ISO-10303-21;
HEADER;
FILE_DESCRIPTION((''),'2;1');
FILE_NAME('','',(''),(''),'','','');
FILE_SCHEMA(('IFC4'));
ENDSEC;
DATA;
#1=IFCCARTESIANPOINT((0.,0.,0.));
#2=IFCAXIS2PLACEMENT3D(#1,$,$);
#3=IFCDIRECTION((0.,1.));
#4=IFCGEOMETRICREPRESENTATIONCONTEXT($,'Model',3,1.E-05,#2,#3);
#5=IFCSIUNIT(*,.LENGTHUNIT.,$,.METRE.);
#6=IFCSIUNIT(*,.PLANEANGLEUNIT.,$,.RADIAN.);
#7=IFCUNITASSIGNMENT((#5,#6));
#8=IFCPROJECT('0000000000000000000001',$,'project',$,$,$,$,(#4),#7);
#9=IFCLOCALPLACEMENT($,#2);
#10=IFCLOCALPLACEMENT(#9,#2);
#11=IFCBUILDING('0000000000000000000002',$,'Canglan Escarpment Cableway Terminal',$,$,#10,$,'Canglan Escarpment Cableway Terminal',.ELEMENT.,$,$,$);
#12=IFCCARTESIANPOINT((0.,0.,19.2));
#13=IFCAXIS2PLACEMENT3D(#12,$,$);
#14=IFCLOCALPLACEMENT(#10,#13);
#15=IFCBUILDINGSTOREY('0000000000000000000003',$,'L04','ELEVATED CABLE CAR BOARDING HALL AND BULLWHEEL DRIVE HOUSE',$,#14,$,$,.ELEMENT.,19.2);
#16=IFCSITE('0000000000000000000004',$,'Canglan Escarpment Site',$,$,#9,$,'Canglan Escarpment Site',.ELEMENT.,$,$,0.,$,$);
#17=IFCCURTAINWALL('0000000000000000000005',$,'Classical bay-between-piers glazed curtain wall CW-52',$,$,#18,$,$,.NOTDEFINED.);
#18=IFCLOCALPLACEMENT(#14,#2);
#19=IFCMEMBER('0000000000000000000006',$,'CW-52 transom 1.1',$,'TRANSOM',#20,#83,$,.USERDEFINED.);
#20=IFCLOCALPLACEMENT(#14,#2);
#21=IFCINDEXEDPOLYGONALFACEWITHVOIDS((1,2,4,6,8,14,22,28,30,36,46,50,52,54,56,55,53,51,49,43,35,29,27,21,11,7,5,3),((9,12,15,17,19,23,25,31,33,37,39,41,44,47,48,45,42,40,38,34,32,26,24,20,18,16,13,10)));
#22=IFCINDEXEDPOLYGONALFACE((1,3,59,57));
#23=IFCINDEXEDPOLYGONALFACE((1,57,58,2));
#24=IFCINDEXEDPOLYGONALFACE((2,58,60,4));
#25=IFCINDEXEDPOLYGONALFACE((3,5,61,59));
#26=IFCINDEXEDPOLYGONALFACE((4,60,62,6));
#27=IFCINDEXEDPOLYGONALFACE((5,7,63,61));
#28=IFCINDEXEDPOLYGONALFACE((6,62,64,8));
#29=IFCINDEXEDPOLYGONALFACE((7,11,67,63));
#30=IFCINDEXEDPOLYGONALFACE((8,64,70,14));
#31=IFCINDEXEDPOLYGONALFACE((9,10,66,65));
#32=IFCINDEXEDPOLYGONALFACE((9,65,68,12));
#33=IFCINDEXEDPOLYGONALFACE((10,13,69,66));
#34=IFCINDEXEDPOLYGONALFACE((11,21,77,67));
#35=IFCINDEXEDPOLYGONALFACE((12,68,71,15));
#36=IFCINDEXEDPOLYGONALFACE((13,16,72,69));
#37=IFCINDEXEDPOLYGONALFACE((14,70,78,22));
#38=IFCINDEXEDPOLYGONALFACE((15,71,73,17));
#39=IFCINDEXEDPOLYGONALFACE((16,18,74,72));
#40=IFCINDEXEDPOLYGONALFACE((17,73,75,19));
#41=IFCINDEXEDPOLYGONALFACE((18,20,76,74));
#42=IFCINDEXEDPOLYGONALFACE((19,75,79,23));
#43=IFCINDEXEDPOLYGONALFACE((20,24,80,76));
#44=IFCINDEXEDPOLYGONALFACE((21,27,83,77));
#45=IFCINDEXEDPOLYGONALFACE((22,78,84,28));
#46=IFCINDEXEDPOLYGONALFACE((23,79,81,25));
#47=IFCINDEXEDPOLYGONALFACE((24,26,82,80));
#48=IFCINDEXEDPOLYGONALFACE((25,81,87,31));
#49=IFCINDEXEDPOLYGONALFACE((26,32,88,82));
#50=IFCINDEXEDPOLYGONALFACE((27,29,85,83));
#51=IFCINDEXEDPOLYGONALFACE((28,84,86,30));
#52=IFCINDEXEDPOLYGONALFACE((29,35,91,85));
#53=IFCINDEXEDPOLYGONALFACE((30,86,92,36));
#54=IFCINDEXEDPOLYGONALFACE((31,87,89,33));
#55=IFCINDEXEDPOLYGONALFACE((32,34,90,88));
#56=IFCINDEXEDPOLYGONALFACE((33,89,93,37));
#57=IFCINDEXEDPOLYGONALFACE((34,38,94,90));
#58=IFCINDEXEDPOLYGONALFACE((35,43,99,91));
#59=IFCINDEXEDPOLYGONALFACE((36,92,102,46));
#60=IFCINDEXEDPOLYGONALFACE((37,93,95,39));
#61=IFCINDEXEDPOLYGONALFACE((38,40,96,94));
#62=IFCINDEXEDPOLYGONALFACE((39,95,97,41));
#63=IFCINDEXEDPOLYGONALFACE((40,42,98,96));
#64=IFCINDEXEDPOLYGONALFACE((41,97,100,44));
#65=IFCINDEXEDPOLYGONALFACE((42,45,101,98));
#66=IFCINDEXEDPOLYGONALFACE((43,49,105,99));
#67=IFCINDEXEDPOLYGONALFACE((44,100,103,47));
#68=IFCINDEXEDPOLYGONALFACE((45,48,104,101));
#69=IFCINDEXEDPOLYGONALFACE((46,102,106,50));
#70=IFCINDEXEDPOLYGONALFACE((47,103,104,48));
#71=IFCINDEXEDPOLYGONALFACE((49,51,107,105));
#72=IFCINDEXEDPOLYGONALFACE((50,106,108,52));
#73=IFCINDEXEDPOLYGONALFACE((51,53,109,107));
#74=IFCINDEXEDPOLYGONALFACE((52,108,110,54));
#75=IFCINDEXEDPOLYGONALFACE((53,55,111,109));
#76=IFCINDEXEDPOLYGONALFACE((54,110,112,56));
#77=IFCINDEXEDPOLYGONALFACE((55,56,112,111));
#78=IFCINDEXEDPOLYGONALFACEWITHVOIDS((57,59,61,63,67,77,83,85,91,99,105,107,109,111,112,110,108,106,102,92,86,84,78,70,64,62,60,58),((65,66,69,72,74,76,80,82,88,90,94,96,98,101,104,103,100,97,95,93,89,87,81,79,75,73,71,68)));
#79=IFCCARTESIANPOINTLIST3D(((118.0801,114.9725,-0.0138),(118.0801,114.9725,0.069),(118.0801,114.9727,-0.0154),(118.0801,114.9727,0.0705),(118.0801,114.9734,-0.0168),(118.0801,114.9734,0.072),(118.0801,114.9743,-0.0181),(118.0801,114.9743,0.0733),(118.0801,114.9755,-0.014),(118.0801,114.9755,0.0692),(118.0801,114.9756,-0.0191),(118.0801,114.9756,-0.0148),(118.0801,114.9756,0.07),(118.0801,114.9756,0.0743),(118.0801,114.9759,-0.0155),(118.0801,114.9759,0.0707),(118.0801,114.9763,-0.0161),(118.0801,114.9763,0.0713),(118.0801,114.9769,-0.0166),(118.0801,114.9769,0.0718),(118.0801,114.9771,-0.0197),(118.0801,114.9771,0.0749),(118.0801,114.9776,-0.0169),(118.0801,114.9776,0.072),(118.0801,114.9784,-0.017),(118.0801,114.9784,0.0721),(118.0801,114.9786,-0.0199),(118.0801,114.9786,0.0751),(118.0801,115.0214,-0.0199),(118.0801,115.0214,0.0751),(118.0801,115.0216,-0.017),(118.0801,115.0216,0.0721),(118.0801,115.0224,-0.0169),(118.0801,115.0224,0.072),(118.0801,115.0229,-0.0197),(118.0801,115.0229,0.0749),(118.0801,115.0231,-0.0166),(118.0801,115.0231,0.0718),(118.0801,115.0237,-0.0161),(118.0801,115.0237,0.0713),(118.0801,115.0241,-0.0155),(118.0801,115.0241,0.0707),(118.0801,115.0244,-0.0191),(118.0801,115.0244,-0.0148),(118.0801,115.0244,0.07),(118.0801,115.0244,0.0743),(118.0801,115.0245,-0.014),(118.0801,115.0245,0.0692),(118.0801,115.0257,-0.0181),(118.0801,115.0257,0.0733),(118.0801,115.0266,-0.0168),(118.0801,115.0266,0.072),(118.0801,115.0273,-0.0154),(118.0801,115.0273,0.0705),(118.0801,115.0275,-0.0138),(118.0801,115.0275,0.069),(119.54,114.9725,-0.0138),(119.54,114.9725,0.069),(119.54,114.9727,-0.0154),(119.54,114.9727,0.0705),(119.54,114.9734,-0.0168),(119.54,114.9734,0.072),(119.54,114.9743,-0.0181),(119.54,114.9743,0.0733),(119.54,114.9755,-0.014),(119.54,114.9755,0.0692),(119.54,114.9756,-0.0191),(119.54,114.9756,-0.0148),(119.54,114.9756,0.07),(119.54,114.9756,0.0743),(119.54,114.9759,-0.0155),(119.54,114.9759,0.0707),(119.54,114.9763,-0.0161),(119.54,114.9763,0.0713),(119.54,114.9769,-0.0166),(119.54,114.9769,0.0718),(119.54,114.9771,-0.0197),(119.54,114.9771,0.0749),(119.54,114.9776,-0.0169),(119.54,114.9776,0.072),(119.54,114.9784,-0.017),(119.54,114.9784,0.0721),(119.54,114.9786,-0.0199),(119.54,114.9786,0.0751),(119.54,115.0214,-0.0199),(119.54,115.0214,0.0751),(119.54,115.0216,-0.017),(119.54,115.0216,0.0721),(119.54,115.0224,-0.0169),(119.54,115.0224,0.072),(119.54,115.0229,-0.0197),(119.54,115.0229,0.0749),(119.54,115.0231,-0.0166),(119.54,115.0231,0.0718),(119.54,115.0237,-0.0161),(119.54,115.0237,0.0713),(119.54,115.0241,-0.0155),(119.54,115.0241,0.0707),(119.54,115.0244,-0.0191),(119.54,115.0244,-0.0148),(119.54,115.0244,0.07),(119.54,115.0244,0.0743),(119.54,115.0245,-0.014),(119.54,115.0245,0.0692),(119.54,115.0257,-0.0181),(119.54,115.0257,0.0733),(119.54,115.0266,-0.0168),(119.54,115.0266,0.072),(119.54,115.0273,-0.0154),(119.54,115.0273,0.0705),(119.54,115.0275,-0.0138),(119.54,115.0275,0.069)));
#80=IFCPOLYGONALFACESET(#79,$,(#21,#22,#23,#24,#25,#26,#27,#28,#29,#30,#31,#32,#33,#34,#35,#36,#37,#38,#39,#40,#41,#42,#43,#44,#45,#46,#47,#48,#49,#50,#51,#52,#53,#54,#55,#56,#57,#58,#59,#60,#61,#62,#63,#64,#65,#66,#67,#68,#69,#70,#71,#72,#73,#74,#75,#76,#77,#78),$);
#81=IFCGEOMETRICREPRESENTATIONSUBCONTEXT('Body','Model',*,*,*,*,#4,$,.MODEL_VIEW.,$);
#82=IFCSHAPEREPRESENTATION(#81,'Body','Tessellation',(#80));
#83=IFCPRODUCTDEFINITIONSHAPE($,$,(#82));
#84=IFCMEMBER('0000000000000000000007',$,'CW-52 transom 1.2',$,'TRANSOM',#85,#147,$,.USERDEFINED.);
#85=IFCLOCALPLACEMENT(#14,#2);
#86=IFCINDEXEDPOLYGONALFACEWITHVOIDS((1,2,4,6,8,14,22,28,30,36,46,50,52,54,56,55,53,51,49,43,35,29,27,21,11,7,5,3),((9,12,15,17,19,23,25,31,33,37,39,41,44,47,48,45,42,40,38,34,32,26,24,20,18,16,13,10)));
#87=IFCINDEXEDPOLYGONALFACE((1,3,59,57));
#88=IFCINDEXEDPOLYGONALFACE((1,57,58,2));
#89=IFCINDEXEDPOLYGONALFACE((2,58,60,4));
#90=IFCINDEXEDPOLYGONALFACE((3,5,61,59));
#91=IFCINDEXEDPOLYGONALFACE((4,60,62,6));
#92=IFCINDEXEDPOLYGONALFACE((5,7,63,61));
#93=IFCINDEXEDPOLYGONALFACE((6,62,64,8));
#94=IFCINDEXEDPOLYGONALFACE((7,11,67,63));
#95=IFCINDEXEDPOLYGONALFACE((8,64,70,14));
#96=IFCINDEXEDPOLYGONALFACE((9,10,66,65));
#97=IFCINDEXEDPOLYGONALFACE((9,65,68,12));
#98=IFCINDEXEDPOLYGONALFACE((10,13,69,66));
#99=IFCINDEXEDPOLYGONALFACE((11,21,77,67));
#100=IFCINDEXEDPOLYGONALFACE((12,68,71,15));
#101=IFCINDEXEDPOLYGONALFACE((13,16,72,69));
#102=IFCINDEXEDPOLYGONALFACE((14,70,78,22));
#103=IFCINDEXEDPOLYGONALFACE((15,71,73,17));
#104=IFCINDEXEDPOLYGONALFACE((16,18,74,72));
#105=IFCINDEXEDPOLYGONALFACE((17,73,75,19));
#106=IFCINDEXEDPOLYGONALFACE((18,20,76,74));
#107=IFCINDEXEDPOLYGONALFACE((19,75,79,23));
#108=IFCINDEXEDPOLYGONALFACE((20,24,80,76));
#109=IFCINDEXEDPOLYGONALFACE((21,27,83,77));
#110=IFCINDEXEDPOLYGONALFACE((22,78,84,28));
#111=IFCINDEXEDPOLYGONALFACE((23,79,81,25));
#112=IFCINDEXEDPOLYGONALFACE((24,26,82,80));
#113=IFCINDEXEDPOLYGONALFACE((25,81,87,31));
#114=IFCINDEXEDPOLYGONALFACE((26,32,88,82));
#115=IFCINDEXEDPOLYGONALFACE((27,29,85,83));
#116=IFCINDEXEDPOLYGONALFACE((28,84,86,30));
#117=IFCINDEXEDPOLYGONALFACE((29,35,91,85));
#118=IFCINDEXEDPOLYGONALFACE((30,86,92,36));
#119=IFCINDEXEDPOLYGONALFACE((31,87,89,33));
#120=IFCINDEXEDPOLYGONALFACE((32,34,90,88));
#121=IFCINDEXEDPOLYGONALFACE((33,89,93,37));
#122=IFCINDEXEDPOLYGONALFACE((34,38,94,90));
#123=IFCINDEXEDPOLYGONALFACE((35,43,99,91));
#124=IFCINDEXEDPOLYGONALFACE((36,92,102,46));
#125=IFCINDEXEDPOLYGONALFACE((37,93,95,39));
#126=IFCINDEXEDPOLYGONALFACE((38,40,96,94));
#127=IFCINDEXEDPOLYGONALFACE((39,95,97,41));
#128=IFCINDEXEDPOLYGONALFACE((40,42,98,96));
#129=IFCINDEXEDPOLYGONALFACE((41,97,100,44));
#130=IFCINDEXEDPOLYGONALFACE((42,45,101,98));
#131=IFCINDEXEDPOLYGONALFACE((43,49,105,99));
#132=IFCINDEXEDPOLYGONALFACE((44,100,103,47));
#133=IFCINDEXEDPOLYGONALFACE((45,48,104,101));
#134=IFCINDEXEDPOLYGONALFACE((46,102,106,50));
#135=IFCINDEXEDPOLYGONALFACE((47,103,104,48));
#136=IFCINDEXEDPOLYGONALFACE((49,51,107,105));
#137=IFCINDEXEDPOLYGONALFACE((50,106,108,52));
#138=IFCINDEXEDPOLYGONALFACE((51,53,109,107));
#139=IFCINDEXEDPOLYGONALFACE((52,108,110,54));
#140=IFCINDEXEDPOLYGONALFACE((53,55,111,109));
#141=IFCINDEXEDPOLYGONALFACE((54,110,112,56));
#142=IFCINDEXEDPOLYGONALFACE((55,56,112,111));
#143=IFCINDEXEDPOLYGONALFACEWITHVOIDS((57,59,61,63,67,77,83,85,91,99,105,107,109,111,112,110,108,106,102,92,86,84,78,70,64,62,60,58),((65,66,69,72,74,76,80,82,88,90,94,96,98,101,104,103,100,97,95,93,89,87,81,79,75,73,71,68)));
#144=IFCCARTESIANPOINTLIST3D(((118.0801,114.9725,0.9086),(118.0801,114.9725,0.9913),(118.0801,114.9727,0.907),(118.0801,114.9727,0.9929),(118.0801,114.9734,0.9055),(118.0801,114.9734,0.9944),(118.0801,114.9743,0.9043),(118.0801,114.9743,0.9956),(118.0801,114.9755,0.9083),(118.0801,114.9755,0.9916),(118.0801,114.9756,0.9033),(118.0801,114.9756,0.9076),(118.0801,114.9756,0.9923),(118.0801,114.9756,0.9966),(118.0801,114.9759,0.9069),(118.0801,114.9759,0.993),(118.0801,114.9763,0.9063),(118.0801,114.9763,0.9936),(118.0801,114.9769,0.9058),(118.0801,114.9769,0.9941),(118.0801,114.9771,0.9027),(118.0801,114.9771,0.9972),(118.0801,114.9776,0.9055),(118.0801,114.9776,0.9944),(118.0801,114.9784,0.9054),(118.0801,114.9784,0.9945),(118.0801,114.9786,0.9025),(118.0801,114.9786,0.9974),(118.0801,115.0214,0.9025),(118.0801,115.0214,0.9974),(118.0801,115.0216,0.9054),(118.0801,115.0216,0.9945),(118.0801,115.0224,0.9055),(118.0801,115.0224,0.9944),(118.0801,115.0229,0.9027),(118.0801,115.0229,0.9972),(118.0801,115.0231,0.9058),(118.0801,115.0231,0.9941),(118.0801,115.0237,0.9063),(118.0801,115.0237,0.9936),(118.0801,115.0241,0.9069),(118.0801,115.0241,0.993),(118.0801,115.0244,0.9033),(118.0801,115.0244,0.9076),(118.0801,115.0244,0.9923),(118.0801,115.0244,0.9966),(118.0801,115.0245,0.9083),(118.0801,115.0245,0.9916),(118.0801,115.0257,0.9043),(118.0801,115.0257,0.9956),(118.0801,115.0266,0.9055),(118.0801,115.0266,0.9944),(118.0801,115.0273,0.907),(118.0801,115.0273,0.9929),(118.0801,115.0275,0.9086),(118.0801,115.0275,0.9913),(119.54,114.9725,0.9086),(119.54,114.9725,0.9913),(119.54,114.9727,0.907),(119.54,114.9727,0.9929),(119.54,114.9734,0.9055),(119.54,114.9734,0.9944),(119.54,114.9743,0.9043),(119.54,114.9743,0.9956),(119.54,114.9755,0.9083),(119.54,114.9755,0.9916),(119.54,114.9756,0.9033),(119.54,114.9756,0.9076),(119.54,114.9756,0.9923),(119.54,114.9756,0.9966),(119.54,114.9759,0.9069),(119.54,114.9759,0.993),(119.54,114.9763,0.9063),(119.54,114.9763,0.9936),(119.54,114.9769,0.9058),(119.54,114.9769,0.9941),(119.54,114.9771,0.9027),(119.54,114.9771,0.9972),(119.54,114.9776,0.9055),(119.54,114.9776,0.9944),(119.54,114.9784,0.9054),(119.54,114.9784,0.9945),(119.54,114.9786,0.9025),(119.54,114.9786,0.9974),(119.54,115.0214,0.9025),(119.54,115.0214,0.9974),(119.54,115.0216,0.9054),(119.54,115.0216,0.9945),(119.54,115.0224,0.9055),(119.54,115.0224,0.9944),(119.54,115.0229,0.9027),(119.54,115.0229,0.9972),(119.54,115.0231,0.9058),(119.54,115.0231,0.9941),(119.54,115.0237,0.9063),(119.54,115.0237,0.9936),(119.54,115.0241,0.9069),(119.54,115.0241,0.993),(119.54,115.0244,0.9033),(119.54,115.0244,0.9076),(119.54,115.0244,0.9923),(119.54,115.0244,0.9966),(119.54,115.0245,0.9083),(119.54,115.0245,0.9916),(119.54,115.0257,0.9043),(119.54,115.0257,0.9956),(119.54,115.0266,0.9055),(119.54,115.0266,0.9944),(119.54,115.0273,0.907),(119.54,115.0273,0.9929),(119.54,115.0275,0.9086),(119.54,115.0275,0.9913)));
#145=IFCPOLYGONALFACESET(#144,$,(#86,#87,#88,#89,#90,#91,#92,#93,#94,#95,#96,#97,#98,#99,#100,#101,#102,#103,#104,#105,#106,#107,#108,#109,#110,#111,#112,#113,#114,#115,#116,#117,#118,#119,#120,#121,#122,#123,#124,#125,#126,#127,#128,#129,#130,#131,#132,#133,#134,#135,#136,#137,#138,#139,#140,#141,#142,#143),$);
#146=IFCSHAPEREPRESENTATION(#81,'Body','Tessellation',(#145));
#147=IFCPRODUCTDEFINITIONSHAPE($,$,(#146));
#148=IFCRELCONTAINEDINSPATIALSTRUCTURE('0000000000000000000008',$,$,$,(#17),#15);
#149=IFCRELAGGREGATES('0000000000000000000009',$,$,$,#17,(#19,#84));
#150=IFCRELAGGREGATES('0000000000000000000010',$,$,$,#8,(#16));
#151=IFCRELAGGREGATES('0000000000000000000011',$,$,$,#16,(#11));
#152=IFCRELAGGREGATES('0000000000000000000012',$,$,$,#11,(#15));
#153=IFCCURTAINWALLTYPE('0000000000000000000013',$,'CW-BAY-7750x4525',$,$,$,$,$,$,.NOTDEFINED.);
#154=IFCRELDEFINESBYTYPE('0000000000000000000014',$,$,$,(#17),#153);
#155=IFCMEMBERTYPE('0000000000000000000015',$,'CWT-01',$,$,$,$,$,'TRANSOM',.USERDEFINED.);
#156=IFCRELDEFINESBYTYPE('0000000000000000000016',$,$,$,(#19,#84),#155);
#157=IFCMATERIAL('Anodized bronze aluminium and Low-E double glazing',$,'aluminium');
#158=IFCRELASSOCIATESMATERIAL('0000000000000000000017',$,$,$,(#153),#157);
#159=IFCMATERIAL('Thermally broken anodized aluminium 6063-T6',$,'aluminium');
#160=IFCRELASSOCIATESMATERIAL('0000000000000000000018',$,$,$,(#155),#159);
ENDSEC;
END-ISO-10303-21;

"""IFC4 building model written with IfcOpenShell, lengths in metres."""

from ifc_helpers import new_model, si_unit, direction, frame, origin, origin_2d, place, context, subcontext, project, spatial, hollow_rectangle, extrude, material, material_profile, profile_set, type_object, element, aggregate, save


model = new_model("IFC4")

# Units and contexts
model_context = context("Model", 3, precision=1e-05, world=origin(), true_north=direction((0.0, 1.0)))
body_context = subcontext(model_context, "Body", "Model", "MODEL_VIEW")
ifc_project = project(units=[si_unit("LENGTHUNIT", "METRE"), si_unit("PLANEANGLEUNIT", "RADIAN")], contexts=[model_context])

# Site, building, storey
site_placement = place(None, origin())
site = spatial("IfcSite", under=ifc_project, at=site_placement, Name="Canglan Escarpment Site", LongName="Canglan Escarpment Site", CompositionType="ELEMENT", RefElevation=0.0)
building_placement = place(site_placement, origin())
building = spatial("IfcBuilding", under=site, at=building_placement, Name="Canglan Escarpment Cableway Terminal", LongName="Canglan Escarpment Cableway Terminal", CompositionType="ELEMENT")
storey_placement = place(building_placement, frame((0.0, 0.0, 19.2)))
storey = spatial("IfcBuildingStorey", under=building, at=storey_placement, Name="L04", Description="ELEVATED CABLE CAR BOARDING HALL AND BULLWHEEL DRIVE HOUSE", CompositionType="ELEMENT", Elevation=19.2)

# Curtain wall, members
ifc_material_1 = material(Name="Anodized bronze aluminium and Low-E double glazing", Category="aluminium")
curtain_wall_type = type_object("IfcCurtainWallType", Name="CW-BAY-7750x4525", PredefinedType="NOTDEFINED", material=ifc_material_1)
curtain_wall_placement = place(storey_placement, origin())
curtain_wall = element("IfcCurtainWall", 1, at=curtain_wall_placement, inside=storey, type_object=curtain_wall_type, Name="Classical bay-between-piers glazed curtain wall CW-52", PredefinedType="NOTDEFINED")
ifc_material_2 = material(Name="Thermally broken anodized aluminium 6063-T6", Category="aluminium")
ifc_material_profile_1 = material_profile(ifc_material_2, hollow_rectangle(XDim=0.0549, YDim=0.095, WallThickness=0.0029, InnerFilletRadius=0.0029, OuterFilletRadius=0.0061, at=origin_2d()), Name="ALU-TRAN 55x95x3")
ifc_profile_set_1 = profile_set([ifc_material_profile_1], Name="Thermally broken anodized aluminium 6063-T6")
member_type_1 = type_object("IfcMemberType", Name="CWT-01", ElementType="TRANSOM", PredefinedType="USERDEFINED", material=ifc_profile_set_1)
member_1_placement = place(storey_placement, frame((119.54, 115.0, 0.0276), z_axis=(-1.0, 0.0, 0.0), x_axis=(0.0, -1.0, 0.0)))
member_1 = element("IfcMember", 2, at=member_1_placement, type_object=member_type_1, Name="CW-52 transom 1.1", ObjectType="TRANSOM", PredefinedType="USERDEFINED", context=body_context, shape_type="SweptSolid", body=[
    extrude(hollow_rectangle(XDim=0.0549, YDim=0.095, WallThickness=0.0029, InnerFilletRadius=0.0029, OuterFilletRadius=0.0061, at=origin_2d()), origin(), (0.0, 0.0, 1.0), 1.46),
])
member_2_placement = place(storey_placement, frame((119.54, 115.0, 0.95), z_axis=(-1.0, 0.0, 0.0), x_axis=(0.0, -1.0, 0.0)))
member_2 = element("IfcMember", 3, at=member_2_placement, type_object=member_type_1, Name="CW-52 transom 1.2", ObjectType="TRANSOM", PredefinedType="USERDEFINED", context=body_context, shape_type="SweptSolid", body=[
    extrude(hollow_rectangle(XDim=0.0549, YDim=0.095, WallThickness=0.0029, InnerFilletRadius=0.0029, OuterFilletRadius=0.0061, at=origin_2d()), origin(), (0.0, 0.0, 1.0), 1.46),
])
aggregate(curtain_wall, [member_1, member_2])

save(model, "model.ifc")
